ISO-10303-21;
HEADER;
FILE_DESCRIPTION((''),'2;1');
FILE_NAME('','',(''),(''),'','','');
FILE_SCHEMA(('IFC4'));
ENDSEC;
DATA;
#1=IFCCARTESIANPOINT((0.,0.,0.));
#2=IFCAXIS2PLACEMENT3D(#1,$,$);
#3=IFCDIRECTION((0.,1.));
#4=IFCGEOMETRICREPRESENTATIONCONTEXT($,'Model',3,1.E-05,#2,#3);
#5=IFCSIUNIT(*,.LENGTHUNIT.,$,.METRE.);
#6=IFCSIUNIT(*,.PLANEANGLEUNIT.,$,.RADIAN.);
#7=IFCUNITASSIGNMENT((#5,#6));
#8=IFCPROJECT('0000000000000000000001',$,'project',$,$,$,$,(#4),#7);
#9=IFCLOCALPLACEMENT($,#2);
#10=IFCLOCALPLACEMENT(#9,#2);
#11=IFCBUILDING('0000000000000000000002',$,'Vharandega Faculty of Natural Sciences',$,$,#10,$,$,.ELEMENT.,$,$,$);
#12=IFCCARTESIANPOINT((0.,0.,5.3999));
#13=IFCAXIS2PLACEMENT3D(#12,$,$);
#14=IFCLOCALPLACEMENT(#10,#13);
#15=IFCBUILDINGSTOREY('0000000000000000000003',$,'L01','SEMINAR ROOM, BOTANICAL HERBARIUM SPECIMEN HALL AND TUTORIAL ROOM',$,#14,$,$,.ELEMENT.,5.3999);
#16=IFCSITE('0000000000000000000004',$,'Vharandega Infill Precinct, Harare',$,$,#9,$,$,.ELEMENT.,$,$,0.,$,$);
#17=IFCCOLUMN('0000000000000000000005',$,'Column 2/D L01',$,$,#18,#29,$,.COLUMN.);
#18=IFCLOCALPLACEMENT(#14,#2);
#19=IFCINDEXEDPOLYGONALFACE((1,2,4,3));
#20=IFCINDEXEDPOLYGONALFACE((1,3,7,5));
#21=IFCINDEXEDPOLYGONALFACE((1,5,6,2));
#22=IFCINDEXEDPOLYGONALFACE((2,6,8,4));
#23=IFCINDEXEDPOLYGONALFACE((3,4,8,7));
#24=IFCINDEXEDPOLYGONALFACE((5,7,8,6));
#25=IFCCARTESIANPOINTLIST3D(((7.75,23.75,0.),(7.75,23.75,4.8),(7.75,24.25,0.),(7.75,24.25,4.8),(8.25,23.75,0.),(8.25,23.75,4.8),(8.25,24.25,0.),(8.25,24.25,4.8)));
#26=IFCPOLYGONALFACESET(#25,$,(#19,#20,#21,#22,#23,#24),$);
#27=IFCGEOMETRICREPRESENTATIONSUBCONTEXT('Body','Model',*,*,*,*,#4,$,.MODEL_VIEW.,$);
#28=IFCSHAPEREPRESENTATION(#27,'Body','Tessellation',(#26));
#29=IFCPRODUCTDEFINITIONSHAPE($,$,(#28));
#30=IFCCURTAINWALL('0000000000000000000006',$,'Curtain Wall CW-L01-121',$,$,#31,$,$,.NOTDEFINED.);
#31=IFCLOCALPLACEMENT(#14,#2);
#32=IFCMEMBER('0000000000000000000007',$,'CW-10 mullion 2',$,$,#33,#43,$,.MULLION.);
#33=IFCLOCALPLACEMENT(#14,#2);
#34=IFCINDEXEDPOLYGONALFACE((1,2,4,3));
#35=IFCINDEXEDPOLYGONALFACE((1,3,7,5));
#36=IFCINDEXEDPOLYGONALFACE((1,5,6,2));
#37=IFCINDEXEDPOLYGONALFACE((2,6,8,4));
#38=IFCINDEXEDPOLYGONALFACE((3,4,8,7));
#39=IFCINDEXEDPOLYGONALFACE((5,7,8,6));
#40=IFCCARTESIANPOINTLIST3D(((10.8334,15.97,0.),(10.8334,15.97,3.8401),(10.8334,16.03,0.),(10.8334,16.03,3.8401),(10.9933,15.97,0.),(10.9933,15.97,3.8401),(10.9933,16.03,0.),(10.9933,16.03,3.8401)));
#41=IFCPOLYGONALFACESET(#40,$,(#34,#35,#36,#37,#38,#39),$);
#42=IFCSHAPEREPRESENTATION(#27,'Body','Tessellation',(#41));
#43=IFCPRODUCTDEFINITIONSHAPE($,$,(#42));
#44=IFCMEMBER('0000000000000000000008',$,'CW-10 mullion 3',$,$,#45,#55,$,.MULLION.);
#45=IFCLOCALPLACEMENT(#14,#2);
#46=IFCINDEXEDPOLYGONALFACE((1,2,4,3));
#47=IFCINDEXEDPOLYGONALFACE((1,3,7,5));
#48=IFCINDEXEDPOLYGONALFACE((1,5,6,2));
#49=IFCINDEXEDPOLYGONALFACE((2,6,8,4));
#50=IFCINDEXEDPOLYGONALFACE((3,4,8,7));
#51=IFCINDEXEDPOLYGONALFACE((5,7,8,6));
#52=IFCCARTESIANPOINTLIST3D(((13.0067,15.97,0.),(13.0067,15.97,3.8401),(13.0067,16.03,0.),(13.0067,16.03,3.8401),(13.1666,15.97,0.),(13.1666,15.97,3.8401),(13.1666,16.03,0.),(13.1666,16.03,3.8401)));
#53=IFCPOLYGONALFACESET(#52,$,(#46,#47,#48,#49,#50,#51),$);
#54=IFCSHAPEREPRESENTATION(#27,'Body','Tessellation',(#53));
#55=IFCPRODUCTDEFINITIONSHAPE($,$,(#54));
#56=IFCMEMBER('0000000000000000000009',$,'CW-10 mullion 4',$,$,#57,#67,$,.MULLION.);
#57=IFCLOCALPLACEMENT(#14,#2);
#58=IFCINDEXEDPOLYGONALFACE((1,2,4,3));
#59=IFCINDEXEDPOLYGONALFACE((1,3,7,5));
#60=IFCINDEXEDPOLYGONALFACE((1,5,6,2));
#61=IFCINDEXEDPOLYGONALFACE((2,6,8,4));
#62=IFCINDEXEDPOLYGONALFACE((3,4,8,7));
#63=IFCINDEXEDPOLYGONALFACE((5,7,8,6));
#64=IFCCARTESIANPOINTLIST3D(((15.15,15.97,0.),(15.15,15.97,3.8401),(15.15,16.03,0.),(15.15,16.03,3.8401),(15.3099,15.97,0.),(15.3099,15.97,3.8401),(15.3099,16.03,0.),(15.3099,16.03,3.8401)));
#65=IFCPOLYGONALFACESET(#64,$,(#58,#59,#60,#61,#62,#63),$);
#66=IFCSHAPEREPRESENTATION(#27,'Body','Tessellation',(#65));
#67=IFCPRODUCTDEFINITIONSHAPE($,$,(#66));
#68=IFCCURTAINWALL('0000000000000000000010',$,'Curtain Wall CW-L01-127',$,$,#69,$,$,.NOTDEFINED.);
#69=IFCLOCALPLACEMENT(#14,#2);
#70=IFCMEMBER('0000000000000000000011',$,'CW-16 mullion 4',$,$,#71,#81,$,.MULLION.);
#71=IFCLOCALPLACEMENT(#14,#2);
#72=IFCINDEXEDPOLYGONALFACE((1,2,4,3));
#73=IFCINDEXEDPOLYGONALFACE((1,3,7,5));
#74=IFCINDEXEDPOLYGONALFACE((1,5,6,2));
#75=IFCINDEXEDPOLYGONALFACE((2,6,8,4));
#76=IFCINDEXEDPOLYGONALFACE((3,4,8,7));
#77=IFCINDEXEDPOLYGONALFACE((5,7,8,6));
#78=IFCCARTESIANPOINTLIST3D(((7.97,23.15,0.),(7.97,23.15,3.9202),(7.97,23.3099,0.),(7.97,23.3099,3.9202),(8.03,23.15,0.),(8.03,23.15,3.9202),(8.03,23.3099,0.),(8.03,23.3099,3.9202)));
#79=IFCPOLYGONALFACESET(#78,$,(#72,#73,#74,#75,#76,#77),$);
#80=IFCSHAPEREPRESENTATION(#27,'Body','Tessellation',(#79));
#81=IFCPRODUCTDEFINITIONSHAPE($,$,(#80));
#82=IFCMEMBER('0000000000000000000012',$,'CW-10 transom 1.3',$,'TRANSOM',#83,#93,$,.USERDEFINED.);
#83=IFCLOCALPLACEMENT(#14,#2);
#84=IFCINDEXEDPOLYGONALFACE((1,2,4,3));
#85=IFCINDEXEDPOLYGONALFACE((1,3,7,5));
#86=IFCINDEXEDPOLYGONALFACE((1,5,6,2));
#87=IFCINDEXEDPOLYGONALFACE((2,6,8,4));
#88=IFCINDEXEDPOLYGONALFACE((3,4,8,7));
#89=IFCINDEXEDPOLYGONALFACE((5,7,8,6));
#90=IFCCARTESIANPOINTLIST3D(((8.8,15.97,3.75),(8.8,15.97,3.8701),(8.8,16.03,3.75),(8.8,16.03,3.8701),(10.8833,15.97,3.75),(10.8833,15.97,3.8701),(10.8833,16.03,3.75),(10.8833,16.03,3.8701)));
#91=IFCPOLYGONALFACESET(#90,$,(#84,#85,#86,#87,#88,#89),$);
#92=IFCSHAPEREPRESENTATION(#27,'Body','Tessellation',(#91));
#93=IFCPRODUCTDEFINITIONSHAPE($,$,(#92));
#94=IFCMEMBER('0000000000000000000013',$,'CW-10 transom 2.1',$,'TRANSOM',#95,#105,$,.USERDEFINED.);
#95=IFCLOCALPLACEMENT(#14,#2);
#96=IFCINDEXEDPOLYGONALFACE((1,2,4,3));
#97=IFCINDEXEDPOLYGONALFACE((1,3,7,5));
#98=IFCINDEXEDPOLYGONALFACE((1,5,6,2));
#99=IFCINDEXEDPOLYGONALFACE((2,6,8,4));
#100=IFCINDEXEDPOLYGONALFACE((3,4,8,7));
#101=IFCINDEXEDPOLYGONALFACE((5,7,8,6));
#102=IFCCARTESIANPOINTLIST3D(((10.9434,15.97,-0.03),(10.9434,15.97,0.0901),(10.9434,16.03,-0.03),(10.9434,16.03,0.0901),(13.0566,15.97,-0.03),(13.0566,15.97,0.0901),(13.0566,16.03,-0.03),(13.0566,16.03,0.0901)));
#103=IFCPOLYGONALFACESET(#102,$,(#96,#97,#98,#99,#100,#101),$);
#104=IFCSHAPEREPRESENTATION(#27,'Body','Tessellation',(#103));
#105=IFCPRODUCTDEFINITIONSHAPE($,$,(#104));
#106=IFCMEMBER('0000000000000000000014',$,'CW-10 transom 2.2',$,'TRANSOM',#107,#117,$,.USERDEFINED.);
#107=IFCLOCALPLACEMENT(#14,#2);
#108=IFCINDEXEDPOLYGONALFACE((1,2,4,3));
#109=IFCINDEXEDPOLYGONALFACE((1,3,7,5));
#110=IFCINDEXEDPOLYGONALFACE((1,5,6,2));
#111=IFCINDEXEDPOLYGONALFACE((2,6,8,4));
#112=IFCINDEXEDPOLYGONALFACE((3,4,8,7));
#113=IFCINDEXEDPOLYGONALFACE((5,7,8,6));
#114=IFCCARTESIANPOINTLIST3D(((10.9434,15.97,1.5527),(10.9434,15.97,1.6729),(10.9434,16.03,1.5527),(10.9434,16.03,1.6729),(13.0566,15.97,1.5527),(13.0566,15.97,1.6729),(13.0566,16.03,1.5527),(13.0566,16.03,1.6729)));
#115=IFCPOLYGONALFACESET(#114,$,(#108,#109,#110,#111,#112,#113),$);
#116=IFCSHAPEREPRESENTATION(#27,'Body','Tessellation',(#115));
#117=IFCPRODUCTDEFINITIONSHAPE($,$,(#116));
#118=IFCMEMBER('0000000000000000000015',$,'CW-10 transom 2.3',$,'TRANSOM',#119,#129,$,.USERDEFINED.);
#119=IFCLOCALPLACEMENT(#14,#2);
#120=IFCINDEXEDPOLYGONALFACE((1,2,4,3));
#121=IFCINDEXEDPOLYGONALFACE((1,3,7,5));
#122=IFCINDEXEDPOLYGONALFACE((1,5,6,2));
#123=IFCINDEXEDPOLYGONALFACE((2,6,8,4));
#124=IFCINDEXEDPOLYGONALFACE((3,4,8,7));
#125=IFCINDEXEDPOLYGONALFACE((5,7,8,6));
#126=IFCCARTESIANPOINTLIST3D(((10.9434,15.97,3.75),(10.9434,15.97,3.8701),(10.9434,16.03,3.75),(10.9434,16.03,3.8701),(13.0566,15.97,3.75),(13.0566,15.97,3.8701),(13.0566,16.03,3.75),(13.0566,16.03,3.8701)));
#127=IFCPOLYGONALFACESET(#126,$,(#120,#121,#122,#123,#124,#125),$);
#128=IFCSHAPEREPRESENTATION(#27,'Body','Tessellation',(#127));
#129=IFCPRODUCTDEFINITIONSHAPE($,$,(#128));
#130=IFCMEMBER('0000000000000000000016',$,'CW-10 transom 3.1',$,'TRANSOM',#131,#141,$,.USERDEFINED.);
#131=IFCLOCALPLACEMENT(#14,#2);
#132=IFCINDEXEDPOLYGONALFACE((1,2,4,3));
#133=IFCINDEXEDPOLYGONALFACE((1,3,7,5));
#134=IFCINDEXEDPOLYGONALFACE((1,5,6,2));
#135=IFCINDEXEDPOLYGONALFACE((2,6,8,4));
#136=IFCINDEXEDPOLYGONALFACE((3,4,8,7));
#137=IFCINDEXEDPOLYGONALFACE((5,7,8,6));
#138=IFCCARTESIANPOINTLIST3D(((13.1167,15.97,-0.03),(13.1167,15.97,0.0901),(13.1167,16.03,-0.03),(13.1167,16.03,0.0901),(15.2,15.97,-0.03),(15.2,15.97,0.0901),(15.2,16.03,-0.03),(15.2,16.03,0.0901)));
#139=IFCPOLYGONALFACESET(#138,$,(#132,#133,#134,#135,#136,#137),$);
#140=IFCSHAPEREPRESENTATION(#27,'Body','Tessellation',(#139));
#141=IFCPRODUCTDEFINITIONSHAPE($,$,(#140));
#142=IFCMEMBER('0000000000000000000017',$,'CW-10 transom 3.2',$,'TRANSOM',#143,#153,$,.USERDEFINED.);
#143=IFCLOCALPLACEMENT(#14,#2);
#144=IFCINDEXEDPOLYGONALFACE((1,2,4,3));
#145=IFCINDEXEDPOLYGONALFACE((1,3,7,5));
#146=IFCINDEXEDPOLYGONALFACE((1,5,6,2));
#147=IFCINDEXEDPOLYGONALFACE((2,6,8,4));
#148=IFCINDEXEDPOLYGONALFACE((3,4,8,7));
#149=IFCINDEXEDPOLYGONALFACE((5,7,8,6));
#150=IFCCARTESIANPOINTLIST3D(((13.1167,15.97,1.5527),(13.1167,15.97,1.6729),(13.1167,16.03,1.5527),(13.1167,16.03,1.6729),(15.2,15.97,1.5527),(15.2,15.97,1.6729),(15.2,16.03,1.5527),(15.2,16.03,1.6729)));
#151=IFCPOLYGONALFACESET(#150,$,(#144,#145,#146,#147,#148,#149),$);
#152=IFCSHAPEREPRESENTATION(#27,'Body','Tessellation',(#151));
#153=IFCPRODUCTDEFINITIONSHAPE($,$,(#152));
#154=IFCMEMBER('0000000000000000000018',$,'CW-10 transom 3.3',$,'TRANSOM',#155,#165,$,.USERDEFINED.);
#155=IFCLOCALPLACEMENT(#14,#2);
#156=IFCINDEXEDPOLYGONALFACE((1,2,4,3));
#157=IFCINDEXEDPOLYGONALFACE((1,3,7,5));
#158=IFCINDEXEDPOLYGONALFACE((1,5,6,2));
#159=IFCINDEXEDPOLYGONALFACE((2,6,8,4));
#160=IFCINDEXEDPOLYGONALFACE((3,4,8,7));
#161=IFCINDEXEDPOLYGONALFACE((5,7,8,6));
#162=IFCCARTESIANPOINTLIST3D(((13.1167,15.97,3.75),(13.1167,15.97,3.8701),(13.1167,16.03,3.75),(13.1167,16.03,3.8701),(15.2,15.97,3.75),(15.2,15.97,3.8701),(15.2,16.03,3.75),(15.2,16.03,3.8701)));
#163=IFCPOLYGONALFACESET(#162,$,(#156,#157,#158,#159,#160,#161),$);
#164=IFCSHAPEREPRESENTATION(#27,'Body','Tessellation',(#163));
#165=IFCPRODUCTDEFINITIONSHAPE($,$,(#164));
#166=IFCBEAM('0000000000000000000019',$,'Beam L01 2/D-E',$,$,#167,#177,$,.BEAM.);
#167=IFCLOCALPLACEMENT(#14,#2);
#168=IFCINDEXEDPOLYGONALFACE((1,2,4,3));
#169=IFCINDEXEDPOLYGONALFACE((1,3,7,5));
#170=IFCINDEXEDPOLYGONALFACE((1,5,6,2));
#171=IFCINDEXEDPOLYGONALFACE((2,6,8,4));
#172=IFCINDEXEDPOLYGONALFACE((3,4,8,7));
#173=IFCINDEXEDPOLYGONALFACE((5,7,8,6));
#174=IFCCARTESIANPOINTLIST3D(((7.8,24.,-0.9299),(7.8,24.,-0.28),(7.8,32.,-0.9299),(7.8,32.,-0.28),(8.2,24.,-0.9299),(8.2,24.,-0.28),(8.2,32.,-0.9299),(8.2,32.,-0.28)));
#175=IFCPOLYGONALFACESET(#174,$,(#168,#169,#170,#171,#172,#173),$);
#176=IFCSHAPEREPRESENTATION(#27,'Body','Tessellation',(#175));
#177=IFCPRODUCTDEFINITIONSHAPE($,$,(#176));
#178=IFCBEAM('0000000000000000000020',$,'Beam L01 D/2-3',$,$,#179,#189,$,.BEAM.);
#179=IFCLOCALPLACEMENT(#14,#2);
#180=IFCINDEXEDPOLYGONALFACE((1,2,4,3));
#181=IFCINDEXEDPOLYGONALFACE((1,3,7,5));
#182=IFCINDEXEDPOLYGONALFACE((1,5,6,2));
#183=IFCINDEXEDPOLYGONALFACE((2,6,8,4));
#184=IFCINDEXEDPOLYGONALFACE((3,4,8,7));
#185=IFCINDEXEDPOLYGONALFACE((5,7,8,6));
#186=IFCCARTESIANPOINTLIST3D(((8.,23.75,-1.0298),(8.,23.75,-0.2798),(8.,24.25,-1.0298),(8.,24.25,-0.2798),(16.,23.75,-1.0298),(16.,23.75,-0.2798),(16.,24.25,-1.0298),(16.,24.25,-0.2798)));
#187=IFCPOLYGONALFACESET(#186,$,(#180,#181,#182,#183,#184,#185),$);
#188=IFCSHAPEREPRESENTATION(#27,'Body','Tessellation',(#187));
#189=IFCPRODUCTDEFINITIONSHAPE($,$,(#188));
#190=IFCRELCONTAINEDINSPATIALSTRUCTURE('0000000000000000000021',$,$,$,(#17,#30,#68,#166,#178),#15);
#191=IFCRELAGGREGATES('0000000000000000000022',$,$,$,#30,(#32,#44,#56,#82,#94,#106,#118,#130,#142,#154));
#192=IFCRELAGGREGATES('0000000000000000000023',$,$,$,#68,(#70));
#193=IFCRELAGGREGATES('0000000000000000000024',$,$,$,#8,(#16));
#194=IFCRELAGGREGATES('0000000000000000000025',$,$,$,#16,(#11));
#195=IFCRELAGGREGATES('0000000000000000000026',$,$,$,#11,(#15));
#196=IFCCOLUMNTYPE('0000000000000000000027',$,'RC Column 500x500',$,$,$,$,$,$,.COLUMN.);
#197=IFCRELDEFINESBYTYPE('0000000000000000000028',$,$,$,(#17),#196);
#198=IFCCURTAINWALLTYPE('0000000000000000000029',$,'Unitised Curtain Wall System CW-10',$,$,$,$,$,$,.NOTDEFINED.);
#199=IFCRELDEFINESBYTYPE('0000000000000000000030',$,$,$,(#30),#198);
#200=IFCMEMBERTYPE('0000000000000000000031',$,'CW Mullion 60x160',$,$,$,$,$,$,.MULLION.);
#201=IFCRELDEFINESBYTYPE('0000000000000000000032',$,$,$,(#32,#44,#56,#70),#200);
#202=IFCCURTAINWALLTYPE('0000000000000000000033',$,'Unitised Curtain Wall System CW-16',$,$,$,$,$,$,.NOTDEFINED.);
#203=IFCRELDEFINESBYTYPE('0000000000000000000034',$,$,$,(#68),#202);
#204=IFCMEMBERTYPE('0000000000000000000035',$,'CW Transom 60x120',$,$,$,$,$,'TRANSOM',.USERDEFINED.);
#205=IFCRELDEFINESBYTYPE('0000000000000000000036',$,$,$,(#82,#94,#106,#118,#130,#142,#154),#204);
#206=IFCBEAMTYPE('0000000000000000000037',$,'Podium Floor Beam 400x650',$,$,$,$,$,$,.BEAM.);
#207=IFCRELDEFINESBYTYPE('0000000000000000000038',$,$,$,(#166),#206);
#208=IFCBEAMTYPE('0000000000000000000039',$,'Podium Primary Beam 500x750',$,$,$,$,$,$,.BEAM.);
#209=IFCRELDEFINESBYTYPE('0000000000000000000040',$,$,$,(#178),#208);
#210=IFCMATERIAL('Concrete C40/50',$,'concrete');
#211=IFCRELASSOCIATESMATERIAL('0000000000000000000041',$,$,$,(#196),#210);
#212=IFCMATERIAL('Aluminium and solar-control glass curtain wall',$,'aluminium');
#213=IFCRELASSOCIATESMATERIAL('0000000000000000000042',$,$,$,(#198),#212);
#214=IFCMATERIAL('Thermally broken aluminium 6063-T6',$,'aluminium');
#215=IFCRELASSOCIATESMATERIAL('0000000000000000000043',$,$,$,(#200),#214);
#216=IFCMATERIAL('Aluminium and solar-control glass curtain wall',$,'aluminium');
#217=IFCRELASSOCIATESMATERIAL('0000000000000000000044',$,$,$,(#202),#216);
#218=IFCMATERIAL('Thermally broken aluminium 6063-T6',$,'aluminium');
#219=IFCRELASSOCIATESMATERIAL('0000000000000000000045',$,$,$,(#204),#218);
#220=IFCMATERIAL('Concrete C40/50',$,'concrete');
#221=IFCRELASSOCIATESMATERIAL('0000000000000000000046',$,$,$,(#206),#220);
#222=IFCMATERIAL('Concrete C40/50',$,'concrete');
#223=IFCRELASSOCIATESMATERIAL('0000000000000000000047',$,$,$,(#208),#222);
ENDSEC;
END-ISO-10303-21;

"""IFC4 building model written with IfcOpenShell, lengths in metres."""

from ifc_helpers import new_model, si_unit, direction, frame, origin, origin_2d, place, context, subcontext, project, spatial, rectangle, extrude, material, material_profile, profile_set, type_object, element, aggregate, save


model = new_model("IFC4")

# Units and contexts
model_context = context("Model", 3, precision=1e-05, world=origin(), true_north=direction((0.0, 1.0)))
body_context = subcontext(model_context, "Body", "Model", "MODEL_VIEW")
ifc_project = project(units=[si_unit("LENGTHUNIT", "METRE"), si_unit("PLANEANGLEUNIT", "RADIAN")], contexts=[model_context])

# Site, building, storey
site_placement = place(None, origin())
site = spatial("IfcSite", under=ifc_project, at=site_placement, Name="Vharandega Infill Precinct, Harare", CompositionType="ELEMENT", RefElevation=0.0)
building_placement = place(site_placement, origin())
building = spatial("IfcBuilding", under=site, at=building_placement, Name="Vharandega Faculty of Natural Sciences", CompositionType="ELEMENT")
storey_placement = place(building_placement, frame((0.0, 0.0, 5.3999)))
storey = spatial("IfcBuildingStorey", under=building, at=storey_placement, Name="L01", Description="SEMINAR ROOM, BOTANICAL HERBARIUM SPECIMEN HALL AND TUTORIAL ROOM", CompositionType="ELEMENT", Elevation=5.3999)

# Column
ifc_material_1 = material(Name="Concrete C40/50", Category="concrete")
ifc_material_profile_1 = material_profile(ifc_material_1, rectangle(XDim=0.5, YDim=0.5, at=origin_2d()), Name="RC 500x500")
ifc_profile_set_1 = profile_set([ifc_material_profile_1], Name="Concrete C40/50")
column_type = type_object("IfcColumnType", Name="RC Column 500x500", PredefinedType="COLUMN", material=ifc_profile_set_1)
column_placement = place(storey_placement, frame((8.0, 24.0, 0.0), z_axis=(0.0, 0.0, 1.0), x_axis=(1.0, 0.0, 0.0)))
element("IfcColumn", 1, at=column_placement, inside=storey, type_object=column_type, Name="Column 2/D L01", PredefinedType="COLUMN", context=body_context, shape_type="SweptSolid", body=[
    extrude(rectangle(XDim=0.5, YDim=0.5, at=origin_2d()), origin(), (0.0, 0.0, 1.0), 4.8),
])

# Curtain wall, members
ifc_material_2 = material(Name="Aluminium and solar-control glass curtain wall", Category="aluminium")
curtain_wall_type_1 = type_object("IfcCurtainWallType", Name="Unitised Curtain Wall System CW-10", PredefinedType="NOTDEFINED", material=ifc_material_2)
curtain_wall_1_placement = place(storey_placement, origin())
curtain_wall_1 = element("IfcCurtainWall", 2, at=curtain_wall_1_placement, inside=storey, type_object=curtain_wall_type_1, Name="Curtain Wall CW-L01-121", PredefinedType="NOTDEFINED")
ifc_material_3 = material(Name="Thermally broken aluminium 6063-T6", Category="aluminium")
ifc_material_profile_2 = material_profile(ifc_material_3, rectangle(XDim=0.0601, YDim=0.1599, at=origin_2d()), Name="ALU 60x160")
ifc_profile_set_2 = profile_set([ifc_material_profile_2], Name="Thermally broken aluminium 6063-T6")
member_type_1 = type_object("IfcMemberType", Name="CW Mullion 60x160", PredefinedType="MULLION", material=ifc_profile_set_2)
member_1_placement = place(storey_placement, frame((10.9133, 16.0, 0.0), z_axis=(0.0, 0.0, 1.0), x_axis=(0.0, 1.0, 0.0)))
member_1 = element("IfcMember", 3, at=member_1_placement, type_object=member_type_1, Name="CW-10 mullion 2", PredefinedType="MULLION", context=body_context, shape_type="SweptSolid", body=[
    extrude(rectangle(XDim=0.0601, YDim=0.1599, at=origin_2d()), origin(), (0.0, 0.0, 1.0), 3.8401),
])
member_2_placement = place(storey_placement, frame((13.0867, 16.0, 0.0), z_axis=(0.0, 0.0, 1.0), x_axis=(0.0, 1.0, 0.0)))
member_2 = element("IfcMember", 4, at=member_2_placement, type_object=member_type_1, Name="CW-10 mullion 3", PredefinedType="MULLION", context=body_context, shape_type="SweptSolid", body=[
    extrude(rectangle(XDim=0.0601, YDim=0.1599, at=origin_2d()), origin(), (0.0, 0.0, 1.0), 3.8401),
])
member_3_placement = place(storey_placement, frame((15.23, 16.0, 0.0), z_axis=(0.0, 0.0, 1.0), x_axis=(0.0, 1.0, 0.0)))
member_3 = element("IfcMember", 5, at=member_3_placement, type_object=member_type_1, Name="CW-10 mullion 4", PredefinedType="MULLION", context=body_context, shape_type="SweptSolid", body=[
    extrude(rectangle(XDim=0.0601, YDim=0.1599, at=origin_2d()), origin(), (0.0, 0.0, 1.0), 3.8401),
])

# Curtain wall, member
ifc_material_4 = material(Name="Aluminium and solar-control glass curtain wall", Category="aluminium")
curtain_wall_type_2 = type_object("IfcCurtainWallType", Name="Unitised Curtain Wall System CW-16", PredefinedType="NOTDEFINED", material=ifc_material_4)
curtain_wall_2_placement = place(storey_placement, origin())
curtain_wall_2 = element("IfcCurtainWall", 6, at=curtain_wall_2_placement, inside=storey, type_object=curtain_wall_type_2, Name="Curtain Wall CW-L01-127", PredefinedType="NOTDEFINED")
member_4_placement = place(storey_placement, frame((8.0, 23.23, 0.0), z_axis=(0.0, 0.0, 1.0), x_axis=(-1.0, 0.0, 0.0)))
member_4 = element("IfcMember", 7, at=member_4_placement, type_object=member_type_1, Name="CW-16 mullion 4", PredefinedType="MULLION", context=body_context, shape_type="SweptSolid", body=[
    extrude(rectangle(XDim=0.0601, YDim=0.1599, at=origin_2d()), origin(), (0.0, 0.0, 1.0), 3.9202),
])

# Members
ifc_material_5 = material(Name="Thermally broken aluminium 6063-T6", Category="aluminium")
ifc_material_profile_3 = material_profile(ifc_material_5, rectangle(XDim=0.0601, YDim=0.1201, at=origin_2d()), Name="ALU 60x120")
ifc_profile_set_3 = profile_set([ifc_material_profile_3], Name="Thermally broken aluminium 6063-T6")
member_type_2 = type_object("IfcMemberType", Name="CW Transom 60x120", ElementType="TRANSOM", PredefinedType="USERDEFINED", material=ifc_profile_set_3)
member_5_placement = place(storey_placement, frame((8.8, 16.0, 3.8101), z_axis=(1.0, 0.0, 0.0), x_axis=(0.0, 1.0, 0.0)))
member_5 = element("IfcMember", 8, at=member_5_placement, type_object=member_type_2, Name="CW-10 transom 1.3", ObjectType="TRANSOM", PredefinedType="USERDEFINED", context=body_context, shape_type="SweptSolid", body=[
    extrude(rectangle(XDim=0.0601, YDim=0.1201, at=origin_2d()), origin(), (0.0, 0.0, 1.0), 2.0833),
])
member_6_placement = place(storey_placement, frame((10.9434, 16.0, 0.03), z_axis=(1.0, 0.0, 0.0), x_axis=(0.0, 1.0, 0.0)))
member_6 = element("IfcMember", 9, at=member_6_placement, type_object=member_type_2, Name="CW-10 transom 2.1", ObjectType="TRANSOM", PredefinedType="USERDEFINED", context=body_context, shape_type="SweptSolid", body=[
    extrude(rectangle(XDim=0.0601, YDim=0.1201, at=origin_2d()), origin(), (0.0, 0.0, 1.0), 2.1133),
])
member_7_placement = place(storey_placement, frame((10.9434, 16.0, 1.6128), z_axis=(1.0, 0.0, 0.0), x_axis=(0.0, 1.0, 0.0)))
member_7 = element("IfcMember", 10, at=member_7_placement, type_object=member_type_2, Name="CW-10 transom 2.2", ObjectType="TRANSOM", PredefinedType="USERDEFINED", context=body_context, shape_type="SweptSolid", body=[
    extrude(rectangle(XDim=0.0601, YDim=0.1201, at=origin_2d()), origin(), (0.0, 0.0, 1.0), 2.1133),
])
member_8_placement = place(storey_placement, frame((10.9434, 16.0, 3.8101), z_axis=(1.0, 0.0, 0.0), x_axis=(0.0, 1.0, 0.0)))
member_8 = element("IfcMember", 11, at=member_8_placement, type_object=member_type_2, Name="CW-10 transom 2.3", ObjectType="TRANSOM", PredefinedType="USERDEFINED", context=body_context, shape_type="SweptSolid", body=[
    extrude(rectangle(XDim=0.0601, YDim=0.1201, at=origin_2d()), origin(), (0.0, 0.0, 1.0), 2.1133),
])
member_9_placement = place(storey_placement, frame((13.1167, 16.0, 0.03), z_axis=(1.0, 0.0, 0.0), x_axis=(0.0, 1.0, 0.0)))
member_9 = element("IfcMember", 12, at=member_9_placement, type_object=member_type_2, Name="CW-10 transom 3.1", ObjectType="TRANSOM", PredefinedType="USERDEFINED", context=body_context, shape_type="SweptSolid", body=[
    extrude(rectangle(XDim=0.0601, YDim=0.1201, at=origin_2d()), origin(), (0.0, 0.0, 1.0), 2.0833),
])
member_10_placement = place(storey_placement, frame((13.1167, 16.0, 1.6128), z_axis=(1.0, 0.0, 0.0), x_axis=(0.0, 1.0, 0.0)))
member_10 = element("IfcMember", 13, at=member_10_placement, type_object=member_type_2, Name="CW-10 transom 3.2", ObjectType="TRANSOM", PredefinedType="USERDEFINED", context=body_context, shape_type="SweptSolid", body=[
    extrude(rectangle(XDim=0.0601, YDim=0.1201, at=origin_2d()), origin(), (0.0, 0.0, 1.0), 2.0833),
])
member_11_placement = place(storey_placement, frame((13.1167, 16.0, 3.8101), z_axis=(1.0, 0.0, 0.0), x_axis=(0.0, 1.0, 0.0)))
member_11 = element("IfcMember", 14, at=member_11_placement, type_object=member_type_2, Name="CW-10 transom 3.3", ObjectType="TRANSOM", PredefinedType="USERDEFINED", context=body_context, shape_type="SweptSolid", body=[
    extrude(rectangle(XDim=0.0601, YDim=0.1201, at=origin_2d()), origin(), (0.0, 0.0, 1.0), 2.0833),
])

# Beams
ifc_material_6 = material(Name="Concrete C40/50", Category="concrete")
ifc_material_profile_4 = material_profile(ifc_material_6, rectangle(XDim=0.3999, YDim=0.6499, at=origin_2d()), Name="RC 400x650")
ifc_profile_set_4 = profile_set([ifc_material_profile_4], Name="Concrete C40/50")
beam_type_1 = type_object("IfcBeamType", Name="Podium Floor Beam 400x650", PredefinedType="BEAM", material=ifc_profile_set_4)
beam_1_placement = place(storey_placement, frame((8.0, 24.0, -0.605), z_axis=(0.0, 1.0, 0.0), x_axis=(-1.0, 0.0, 0.0)))
element("IfcBeam", 15, at=beam_1_placement, inside=storey, type_object=beam_type_1, Name="Beam L01 2/D-E", PredefinedType="BEAM", context=body_context, shape_type="SweptSolid", body=[
    extrude(rectangle(XDim=0.3999, YDim=0.6499, at=origin_2d()), origin(), (0.0, 0.0, 1.0), 8.0),
])
ifc_material_7 = material(Name="Concrete C40/50", Category="concrete")
ifc_material_profile_5 = material_profile(ifc_material_7, rectangle(XDim=0.5, YDim=0.75, at=origin_2d()), Name="RC 500x750")
ifc_profile_set_5 = profile_set([ifc_material_profile_5], Name="Concrete C40/50")
beam_type_2 = type_object("IfcBeamType", Name="Podium Primary Beam 500x750", PredefinedType="BEAM", material=ifc_profile_set_5)
beam_2_placement = place(storey_placement, frame((8.0, 24.0, -0.6548), z_axis=(1.0, 0.0, 0.0), x_axis=(0.0, 1.0, 0.0)))
element("IfcBeam", 16, at=beam_2_placement, inside=storey, type_object=beam_type_2, Name="Beam L01 D/2-3", PredefinedType="BEAM", context=body_context, shape_type="SweptSolid", body=[
    extrude(rectangle(XDim=0.5, YDim=0.75, at=origin_2d()), origin(), (0.0, 0.0, 1.0), 8.0),
])

aggregate(curtain_wall_1, [member_1, member_2, member_3, member_5, member_6, member_7, member_8, member_9, member_10, member_11])
aggregate(curtain_wall_2, [member_4])

save(model, "model.ifc")
